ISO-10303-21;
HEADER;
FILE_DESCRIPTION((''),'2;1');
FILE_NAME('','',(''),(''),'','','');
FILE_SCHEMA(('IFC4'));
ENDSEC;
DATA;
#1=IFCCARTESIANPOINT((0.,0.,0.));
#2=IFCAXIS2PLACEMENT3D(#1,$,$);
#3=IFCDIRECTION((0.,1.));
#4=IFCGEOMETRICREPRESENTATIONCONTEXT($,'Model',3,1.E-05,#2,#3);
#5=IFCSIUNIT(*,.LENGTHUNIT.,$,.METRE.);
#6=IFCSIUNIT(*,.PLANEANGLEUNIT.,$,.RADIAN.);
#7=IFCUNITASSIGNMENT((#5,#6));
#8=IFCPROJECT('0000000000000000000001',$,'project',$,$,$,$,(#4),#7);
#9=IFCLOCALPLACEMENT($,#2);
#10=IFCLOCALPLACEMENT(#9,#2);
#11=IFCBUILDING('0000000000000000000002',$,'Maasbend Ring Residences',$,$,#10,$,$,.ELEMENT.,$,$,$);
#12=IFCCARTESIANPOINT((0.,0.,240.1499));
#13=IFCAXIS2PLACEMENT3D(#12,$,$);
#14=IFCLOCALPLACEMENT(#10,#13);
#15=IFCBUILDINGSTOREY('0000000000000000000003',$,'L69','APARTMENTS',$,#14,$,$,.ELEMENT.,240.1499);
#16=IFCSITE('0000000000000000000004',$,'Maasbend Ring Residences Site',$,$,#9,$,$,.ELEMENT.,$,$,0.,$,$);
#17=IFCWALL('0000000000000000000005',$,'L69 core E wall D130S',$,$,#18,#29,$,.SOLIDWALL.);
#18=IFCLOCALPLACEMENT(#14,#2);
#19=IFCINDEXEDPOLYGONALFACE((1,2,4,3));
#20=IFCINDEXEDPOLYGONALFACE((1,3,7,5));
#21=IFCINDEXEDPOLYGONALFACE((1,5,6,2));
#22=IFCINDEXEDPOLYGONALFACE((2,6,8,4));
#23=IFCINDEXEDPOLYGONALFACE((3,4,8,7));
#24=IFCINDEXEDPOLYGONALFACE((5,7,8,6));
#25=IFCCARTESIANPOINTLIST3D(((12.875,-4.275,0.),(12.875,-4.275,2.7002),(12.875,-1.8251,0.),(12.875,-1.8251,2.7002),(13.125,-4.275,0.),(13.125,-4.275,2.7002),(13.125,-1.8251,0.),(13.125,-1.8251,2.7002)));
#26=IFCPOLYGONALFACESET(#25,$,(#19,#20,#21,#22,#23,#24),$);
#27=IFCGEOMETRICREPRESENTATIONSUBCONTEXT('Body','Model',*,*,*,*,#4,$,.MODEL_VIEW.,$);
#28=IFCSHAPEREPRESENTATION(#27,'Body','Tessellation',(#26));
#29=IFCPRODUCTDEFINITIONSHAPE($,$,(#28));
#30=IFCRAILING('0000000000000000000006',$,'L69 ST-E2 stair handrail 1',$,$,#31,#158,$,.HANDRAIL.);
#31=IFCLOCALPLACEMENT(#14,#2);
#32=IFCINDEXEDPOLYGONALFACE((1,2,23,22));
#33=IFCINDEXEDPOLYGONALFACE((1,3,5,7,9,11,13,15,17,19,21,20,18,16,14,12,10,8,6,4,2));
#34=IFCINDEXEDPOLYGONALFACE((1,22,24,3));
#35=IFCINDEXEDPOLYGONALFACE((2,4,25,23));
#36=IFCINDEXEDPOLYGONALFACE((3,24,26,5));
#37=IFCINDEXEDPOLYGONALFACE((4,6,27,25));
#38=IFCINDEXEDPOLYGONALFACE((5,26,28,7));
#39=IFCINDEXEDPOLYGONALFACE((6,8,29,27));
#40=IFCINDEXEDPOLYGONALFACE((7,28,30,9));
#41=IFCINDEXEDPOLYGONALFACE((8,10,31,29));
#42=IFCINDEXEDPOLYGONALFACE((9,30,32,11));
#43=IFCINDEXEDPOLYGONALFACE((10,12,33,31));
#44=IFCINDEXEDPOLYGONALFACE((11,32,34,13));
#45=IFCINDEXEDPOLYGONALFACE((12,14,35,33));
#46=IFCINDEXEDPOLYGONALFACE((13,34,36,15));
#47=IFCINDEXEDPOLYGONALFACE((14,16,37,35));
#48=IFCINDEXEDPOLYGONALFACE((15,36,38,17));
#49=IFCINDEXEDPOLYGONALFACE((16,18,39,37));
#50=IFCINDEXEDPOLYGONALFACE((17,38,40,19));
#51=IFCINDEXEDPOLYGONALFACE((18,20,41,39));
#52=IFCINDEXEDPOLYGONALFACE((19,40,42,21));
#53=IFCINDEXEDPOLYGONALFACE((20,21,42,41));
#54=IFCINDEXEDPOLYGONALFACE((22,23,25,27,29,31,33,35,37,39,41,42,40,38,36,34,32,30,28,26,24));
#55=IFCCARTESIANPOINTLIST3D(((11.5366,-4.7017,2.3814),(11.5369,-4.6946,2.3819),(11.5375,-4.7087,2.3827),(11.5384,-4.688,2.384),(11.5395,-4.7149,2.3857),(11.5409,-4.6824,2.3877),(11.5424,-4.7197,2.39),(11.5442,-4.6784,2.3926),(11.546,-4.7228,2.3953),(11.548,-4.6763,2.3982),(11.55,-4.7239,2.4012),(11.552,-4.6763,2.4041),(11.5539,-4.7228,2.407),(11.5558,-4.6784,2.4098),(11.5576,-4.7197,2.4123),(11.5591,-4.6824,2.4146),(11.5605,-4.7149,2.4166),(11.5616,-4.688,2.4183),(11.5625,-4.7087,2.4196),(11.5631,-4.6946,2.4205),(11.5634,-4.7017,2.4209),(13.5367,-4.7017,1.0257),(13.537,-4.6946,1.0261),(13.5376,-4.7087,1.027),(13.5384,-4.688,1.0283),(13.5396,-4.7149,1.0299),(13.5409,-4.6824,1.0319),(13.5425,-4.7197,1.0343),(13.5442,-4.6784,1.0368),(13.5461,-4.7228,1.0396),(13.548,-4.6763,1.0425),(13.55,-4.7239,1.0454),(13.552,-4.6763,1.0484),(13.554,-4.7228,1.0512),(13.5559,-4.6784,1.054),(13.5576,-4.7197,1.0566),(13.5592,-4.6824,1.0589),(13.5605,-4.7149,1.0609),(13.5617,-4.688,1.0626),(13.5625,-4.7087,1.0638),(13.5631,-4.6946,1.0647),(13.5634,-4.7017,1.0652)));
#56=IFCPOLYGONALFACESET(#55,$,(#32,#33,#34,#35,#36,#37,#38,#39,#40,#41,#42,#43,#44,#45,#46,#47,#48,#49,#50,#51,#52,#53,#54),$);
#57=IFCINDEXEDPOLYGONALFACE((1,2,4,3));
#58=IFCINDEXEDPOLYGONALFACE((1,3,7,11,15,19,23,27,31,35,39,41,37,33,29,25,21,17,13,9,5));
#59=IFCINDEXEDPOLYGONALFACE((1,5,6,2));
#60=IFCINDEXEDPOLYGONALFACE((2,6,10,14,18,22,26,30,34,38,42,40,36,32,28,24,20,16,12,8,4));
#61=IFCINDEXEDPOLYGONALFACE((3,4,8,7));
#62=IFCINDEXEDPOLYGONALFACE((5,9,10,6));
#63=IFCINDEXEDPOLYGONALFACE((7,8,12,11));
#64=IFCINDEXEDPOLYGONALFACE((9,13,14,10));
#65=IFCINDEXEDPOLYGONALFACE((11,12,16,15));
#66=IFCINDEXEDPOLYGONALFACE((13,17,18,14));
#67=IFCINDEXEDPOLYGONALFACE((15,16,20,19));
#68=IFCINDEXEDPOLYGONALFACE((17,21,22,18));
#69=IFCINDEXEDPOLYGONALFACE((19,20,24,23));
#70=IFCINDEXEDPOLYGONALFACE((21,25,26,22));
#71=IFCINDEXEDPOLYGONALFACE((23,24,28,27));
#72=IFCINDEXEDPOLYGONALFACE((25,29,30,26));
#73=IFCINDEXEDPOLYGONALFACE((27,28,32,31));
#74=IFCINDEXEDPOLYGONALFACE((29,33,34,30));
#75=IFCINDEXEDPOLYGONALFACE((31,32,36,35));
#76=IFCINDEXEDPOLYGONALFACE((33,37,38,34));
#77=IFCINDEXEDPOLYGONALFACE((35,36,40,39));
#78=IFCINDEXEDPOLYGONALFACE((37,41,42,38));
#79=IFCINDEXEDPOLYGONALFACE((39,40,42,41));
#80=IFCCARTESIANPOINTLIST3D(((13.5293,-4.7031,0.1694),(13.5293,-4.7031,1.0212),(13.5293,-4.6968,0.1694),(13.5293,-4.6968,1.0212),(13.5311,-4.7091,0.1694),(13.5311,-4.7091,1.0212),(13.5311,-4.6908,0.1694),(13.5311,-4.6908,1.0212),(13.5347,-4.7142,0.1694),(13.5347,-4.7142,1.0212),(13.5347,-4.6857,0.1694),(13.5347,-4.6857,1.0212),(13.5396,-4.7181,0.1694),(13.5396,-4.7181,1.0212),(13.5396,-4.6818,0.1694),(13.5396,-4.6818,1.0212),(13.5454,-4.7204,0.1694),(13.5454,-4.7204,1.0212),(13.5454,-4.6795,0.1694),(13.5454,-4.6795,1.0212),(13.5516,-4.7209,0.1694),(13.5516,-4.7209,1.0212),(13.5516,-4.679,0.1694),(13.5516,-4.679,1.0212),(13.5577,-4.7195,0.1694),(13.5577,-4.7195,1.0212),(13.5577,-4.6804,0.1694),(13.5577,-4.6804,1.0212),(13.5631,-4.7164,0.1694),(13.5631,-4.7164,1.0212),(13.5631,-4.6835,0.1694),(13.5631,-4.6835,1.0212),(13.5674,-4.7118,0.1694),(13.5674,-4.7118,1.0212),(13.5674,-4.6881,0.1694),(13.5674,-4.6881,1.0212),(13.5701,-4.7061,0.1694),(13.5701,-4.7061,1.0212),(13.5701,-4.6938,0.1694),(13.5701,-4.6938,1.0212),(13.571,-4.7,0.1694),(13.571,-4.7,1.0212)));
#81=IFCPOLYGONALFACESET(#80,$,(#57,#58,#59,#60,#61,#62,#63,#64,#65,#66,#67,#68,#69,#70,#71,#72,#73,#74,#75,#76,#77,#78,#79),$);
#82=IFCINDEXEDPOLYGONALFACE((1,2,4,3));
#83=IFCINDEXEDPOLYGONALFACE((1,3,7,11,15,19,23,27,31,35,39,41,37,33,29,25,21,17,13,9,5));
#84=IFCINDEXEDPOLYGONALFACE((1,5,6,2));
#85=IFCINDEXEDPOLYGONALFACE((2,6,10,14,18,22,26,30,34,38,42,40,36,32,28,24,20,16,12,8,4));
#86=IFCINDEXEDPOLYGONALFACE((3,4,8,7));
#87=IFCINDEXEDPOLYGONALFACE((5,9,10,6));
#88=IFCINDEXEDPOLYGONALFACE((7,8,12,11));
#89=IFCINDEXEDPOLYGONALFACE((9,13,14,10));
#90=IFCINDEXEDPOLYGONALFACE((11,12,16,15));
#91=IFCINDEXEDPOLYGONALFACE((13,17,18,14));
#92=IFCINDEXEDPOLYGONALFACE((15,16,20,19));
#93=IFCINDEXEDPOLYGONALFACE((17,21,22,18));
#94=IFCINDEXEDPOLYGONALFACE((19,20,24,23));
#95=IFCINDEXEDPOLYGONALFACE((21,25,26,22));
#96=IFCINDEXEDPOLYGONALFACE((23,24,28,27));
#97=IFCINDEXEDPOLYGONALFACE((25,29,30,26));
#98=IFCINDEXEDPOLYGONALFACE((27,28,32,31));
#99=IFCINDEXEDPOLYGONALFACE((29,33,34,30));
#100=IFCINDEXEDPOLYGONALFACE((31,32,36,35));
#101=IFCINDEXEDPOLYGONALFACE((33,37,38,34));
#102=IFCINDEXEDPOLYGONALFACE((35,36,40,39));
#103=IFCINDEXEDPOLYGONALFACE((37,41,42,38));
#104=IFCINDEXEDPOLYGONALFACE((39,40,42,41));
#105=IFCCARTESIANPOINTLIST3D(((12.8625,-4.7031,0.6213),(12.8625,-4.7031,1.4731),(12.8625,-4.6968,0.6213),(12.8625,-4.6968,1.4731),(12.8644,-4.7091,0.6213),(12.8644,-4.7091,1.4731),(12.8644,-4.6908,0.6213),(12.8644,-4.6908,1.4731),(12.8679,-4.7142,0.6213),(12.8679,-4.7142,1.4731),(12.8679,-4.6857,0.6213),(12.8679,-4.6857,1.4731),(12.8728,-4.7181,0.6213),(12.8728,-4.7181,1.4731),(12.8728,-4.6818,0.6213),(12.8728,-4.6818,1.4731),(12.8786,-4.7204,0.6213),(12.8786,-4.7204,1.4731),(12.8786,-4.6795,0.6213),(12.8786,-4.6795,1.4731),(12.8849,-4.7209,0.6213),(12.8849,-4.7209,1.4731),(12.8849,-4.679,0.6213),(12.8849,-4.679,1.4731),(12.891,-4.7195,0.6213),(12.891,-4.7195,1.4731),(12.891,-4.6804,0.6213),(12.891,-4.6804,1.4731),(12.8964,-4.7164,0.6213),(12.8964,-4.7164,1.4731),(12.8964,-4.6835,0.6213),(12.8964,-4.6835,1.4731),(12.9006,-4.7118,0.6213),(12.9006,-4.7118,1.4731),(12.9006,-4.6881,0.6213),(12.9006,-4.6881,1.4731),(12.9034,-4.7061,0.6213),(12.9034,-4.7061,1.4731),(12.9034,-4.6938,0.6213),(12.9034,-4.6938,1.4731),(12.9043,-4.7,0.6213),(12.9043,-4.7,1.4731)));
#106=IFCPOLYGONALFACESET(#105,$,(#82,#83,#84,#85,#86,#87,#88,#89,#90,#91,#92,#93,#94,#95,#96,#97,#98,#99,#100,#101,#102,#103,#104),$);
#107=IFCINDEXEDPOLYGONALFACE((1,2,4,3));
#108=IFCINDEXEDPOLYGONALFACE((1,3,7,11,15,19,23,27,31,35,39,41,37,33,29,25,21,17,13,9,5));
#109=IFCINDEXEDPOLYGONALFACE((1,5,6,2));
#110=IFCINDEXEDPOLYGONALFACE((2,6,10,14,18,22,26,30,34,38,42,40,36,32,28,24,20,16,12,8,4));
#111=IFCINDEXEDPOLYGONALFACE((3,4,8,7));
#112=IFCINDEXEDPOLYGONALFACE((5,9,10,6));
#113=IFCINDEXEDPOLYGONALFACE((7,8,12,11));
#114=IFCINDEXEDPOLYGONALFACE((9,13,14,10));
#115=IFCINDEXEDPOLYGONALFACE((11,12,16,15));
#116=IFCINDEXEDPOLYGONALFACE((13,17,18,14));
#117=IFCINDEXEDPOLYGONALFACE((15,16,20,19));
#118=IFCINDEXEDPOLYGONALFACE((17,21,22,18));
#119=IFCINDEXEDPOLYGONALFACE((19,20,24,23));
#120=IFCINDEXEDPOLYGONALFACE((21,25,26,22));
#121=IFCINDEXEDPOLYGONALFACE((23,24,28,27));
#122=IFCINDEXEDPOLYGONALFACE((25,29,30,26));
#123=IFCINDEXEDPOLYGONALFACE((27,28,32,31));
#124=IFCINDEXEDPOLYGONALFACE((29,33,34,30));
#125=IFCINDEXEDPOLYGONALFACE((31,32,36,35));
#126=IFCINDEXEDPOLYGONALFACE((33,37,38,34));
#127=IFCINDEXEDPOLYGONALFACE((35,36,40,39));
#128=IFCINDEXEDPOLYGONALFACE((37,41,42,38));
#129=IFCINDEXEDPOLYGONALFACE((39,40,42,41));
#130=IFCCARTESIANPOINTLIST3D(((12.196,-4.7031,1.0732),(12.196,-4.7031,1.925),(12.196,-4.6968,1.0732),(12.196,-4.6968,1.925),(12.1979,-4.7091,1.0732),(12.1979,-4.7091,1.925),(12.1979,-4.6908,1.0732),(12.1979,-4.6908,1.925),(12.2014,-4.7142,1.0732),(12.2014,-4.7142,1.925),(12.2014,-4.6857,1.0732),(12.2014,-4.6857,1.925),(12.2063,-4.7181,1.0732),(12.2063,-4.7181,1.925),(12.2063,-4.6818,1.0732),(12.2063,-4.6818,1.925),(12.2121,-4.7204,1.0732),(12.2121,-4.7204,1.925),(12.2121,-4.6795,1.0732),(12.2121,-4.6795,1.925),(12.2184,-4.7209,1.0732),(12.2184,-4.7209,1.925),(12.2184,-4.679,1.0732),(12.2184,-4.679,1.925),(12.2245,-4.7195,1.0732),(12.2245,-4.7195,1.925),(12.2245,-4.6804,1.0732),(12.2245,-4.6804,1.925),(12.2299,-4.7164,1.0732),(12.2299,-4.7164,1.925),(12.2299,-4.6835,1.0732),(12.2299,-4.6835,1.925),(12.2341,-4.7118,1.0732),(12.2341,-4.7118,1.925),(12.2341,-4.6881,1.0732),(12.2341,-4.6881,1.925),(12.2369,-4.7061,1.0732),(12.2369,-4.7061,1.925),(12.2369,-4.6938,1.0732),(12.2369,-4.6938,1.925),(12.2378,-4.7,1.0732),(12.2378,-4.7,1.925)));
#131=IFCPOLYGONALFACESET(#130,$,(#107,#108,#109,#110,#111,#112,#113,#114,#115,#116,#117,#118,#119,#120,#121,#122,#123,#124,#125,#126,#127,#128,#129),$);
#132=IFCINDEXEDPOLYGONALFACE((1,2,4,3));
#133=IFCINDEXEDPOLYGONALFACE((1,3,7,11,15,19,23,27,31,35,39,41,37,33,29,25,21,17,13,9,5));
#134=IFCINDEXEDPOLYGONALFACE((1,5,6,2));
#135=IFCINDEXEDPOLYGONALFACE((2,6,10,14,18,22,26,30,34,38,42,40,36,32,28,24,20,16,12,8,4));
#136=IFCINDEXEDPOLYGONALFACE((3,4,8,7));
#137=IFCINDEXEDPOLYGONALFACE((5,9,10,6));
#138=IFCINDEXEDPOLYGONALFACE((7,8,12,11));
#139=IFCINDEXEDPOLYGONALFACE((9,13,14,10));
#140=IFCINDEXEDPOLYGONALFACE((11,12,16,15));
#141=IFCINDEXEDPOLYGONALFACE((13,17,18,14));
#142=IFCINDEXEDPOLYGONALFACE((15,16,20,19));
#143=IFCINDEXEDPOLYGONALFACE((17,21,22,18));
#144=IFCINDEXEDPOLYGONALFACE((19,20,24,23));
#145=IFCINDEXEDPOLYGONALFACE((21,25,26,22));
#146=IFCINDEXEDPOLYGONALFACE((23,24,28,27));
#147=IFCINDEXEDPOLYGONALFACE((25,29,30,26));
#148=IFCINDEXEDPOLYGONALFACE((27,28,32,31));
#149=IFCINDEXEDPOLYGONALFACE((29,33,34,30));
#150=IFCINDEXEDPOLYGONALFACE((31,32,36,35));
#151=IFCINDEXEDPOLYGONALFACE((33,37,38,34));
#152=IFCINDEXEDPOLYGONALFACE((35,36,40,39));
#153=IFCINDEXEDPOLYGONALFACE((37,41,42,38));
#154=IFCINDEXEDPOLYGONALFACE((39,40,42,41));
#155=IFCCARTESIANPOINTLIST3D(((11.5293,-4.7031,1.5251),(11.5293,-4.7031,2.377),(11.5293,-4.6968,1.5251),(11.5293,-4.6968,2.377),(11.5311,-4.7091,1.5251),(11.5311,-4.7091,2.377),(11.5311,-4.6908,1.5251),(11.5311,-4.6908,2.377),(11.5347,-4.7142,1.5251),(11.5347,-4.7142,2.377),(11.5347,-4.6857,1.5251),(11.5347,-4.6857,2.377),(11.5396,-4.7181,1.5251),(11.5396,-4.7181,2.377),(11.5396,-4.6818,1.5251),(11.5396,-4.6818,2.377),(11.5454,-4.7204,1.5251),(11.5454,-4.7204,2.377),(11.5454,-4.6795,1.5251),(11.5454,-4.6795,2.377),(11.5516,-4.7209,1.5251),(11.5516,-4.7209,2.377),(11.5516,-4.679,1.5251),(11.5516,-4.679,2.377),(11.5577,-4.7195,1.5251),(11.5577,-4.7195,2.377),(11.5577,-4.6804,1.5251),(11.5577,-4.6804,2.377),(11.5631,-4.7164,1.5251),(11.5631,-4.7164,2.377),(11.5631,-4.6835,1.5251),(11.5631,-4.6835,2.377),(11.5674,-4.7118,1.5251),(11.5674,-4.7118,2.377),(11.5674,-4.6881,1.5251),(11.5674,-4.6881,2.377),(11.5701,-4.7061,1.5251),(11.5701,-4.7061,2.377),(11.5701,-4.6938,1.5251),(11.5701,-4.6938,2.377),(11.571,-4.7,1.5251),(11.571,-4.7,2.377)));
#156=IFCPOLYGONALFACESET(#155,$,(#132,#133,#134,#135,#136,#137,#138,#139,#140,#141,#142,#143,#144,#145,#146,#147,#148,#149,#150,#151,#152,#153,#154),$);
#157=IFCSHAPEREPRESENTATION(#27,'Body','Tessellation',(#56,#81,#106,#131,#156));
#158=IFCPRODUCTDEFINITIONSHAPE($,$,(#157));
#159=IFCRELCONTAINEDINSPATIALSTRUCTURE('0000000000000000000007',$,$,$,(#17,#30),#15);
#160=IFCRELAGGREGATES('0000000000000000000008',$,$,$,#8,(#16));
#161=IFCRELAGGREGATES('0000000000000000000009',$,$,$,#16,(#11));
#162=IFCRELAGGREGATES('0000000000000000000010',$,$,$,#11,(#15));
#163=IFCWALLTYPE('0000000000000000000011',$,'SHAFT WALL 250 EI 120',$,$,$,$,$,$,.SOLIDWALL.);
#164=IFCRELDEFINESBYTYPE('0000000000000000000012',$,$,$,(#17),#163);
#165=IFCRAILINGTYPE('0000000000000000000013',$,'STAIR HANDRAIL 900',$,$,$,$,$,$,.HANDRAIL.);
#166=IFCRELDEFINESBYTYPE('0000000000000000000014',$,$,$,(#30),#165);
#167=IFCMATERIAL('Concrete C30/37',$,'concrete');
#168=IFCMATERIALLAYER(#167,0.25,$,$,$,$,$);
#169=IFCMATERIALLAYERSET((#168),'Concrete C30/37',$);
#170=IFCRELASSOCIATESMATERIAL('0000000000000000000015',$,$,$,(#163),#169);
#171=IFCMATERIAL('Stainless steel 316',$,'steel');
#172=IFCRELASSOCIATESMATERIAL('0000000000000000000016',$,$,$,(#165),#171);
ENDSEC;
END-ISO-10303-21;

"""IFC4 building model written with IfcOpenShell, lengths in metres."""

from ifc_helpers import new_model, si_unit, direction, frame, frame_2d, origin, origin_2d, place, context, subcontext, project, spatial, rectangle, circle, extrude, material, layer, layer_set, type_object, element, save


model = new_model("IFC4")

# Units and contexts
model_context = context("Model", 3, precision=1e-05, world=origin(), true_north=direction((0.0, 1.0)))
body_context = subcontext(model_context, "Body", "Model", "MODEL_VIEW")
ifc_project = project(units=[si_unit("LENGTHUNIT", "METRE"), si_unit("PLANEANGLEUNIT", "RADIAN")], contexts=[model_context])

# Site, building, storey
site_placement = place(None, origin())
site = spatial("IfcSite", under=ifc_project, at=site_placement, Name="Maasbend Ring Residences Site", CompositionType="ELEMENT", RefElevation=0.0)
building_placement = place(site_placement, origin())
building = spatial("IfcBuilding", under=site, at=building_placement, Name="Maasbend Ring Residences", CompositionType="ELEMENT")
storey_placement = place(building_placement, frame((0.0, 0.0, 240.1499)))
storey = spatial("IfcBuildingStorey", under=building, at=storey_placement, Name="L69", Description="APARTMENTS", CompositionType="ELEMENT", Elevation=240.1499)

# Wall
ifc_material_1 = material(Name="Concrete C30/37", Category="concrete")
ifc_layer_1 = layer(ifc_material_1, 0.25)
ifc_layer_set_1 = layer_set([ifc_layer_1], Name="Concrete C30/37")
wall_type_1 = type_object("IfcWallType", Name="SHAFT WALL 250 EI 120", PredefinedType="SOLIDWALL", material=ifc_layer_set_1)
for number, where, z_axis, x_axis, name in (
    (1, (13.0, -1.825, 0.0), (0.0, 0.0, 1.0), (0.0, -1.0, 0.0), "L69 core E wall D130S"),
):
    element("IfcWall", number, at=place(storey_placement, frame(where, z_axis=z_axis, x_axis=x_axis)), inside=storey, type_object=wall_type_1, Name=name, PredefinedType="SOLIDWALL", context=body_context, shape_type="SweptSolid", body=[
        extrude(rectangle(XDim=2.45, YDim=0.25, at=frame_2d((1.2251, 0.0))), origin(), (0.0, 0.0, 1.0), 2.7002),
    ])

# Railing
ifc_material_2 = material(Name="Stainless steel 316", Category="steel")
railing_type_1 = type_object("IfcRailingType", Name="STAIR HANDRAIL 900", PredefinedType="HANDRAIL", material=ifc_material_2)
railing_1_placement = place(storey_placement, frame((13.55, -4.7, 0.1694)))
element("IfcRailing", 2, at=railing_1_placement, inside=storey, type_object=railing_type_1, Name="L69 ST-E2 stair handrail 1", PredefinedType="HANDRAIL", context=body_context, shape_type="SweptSolid", body=[
    extrude(circle(Radius=0.0239, at=origin_2d()), frame((0.0, 0.0, 0.876), z_axis=(-0.827751, 0.0, 0.561096), x_axis=(0.0, -1.0, 0.0)), (0.0, 0.0, 1.0), 2.4163),
    extrude(circle(Radius=0.021, at=origin_2d()), origin(), (0.0, 0.0, 1.0), 0.8518),
    extrude(circle(Radius=0.021, at=origin_2d()), frame((-0.6667, 0.0, 0.4519)), (0.0, 0.0, 1.0), 0.8518),
    extrude(circle(Radius=0.021, at=origin_2d()), frame((-1.3333, 0.0, 0.9038)), (0.0, 0.0, 1.0), 0.8518),
    extrude(circle(Radius=0.021, at=origin_2d()), frame((-2.0, 0.0, 1.3557)), (0.0, 0.0, 1.0), 0.8518),
])

save(model, "model.ifc")
